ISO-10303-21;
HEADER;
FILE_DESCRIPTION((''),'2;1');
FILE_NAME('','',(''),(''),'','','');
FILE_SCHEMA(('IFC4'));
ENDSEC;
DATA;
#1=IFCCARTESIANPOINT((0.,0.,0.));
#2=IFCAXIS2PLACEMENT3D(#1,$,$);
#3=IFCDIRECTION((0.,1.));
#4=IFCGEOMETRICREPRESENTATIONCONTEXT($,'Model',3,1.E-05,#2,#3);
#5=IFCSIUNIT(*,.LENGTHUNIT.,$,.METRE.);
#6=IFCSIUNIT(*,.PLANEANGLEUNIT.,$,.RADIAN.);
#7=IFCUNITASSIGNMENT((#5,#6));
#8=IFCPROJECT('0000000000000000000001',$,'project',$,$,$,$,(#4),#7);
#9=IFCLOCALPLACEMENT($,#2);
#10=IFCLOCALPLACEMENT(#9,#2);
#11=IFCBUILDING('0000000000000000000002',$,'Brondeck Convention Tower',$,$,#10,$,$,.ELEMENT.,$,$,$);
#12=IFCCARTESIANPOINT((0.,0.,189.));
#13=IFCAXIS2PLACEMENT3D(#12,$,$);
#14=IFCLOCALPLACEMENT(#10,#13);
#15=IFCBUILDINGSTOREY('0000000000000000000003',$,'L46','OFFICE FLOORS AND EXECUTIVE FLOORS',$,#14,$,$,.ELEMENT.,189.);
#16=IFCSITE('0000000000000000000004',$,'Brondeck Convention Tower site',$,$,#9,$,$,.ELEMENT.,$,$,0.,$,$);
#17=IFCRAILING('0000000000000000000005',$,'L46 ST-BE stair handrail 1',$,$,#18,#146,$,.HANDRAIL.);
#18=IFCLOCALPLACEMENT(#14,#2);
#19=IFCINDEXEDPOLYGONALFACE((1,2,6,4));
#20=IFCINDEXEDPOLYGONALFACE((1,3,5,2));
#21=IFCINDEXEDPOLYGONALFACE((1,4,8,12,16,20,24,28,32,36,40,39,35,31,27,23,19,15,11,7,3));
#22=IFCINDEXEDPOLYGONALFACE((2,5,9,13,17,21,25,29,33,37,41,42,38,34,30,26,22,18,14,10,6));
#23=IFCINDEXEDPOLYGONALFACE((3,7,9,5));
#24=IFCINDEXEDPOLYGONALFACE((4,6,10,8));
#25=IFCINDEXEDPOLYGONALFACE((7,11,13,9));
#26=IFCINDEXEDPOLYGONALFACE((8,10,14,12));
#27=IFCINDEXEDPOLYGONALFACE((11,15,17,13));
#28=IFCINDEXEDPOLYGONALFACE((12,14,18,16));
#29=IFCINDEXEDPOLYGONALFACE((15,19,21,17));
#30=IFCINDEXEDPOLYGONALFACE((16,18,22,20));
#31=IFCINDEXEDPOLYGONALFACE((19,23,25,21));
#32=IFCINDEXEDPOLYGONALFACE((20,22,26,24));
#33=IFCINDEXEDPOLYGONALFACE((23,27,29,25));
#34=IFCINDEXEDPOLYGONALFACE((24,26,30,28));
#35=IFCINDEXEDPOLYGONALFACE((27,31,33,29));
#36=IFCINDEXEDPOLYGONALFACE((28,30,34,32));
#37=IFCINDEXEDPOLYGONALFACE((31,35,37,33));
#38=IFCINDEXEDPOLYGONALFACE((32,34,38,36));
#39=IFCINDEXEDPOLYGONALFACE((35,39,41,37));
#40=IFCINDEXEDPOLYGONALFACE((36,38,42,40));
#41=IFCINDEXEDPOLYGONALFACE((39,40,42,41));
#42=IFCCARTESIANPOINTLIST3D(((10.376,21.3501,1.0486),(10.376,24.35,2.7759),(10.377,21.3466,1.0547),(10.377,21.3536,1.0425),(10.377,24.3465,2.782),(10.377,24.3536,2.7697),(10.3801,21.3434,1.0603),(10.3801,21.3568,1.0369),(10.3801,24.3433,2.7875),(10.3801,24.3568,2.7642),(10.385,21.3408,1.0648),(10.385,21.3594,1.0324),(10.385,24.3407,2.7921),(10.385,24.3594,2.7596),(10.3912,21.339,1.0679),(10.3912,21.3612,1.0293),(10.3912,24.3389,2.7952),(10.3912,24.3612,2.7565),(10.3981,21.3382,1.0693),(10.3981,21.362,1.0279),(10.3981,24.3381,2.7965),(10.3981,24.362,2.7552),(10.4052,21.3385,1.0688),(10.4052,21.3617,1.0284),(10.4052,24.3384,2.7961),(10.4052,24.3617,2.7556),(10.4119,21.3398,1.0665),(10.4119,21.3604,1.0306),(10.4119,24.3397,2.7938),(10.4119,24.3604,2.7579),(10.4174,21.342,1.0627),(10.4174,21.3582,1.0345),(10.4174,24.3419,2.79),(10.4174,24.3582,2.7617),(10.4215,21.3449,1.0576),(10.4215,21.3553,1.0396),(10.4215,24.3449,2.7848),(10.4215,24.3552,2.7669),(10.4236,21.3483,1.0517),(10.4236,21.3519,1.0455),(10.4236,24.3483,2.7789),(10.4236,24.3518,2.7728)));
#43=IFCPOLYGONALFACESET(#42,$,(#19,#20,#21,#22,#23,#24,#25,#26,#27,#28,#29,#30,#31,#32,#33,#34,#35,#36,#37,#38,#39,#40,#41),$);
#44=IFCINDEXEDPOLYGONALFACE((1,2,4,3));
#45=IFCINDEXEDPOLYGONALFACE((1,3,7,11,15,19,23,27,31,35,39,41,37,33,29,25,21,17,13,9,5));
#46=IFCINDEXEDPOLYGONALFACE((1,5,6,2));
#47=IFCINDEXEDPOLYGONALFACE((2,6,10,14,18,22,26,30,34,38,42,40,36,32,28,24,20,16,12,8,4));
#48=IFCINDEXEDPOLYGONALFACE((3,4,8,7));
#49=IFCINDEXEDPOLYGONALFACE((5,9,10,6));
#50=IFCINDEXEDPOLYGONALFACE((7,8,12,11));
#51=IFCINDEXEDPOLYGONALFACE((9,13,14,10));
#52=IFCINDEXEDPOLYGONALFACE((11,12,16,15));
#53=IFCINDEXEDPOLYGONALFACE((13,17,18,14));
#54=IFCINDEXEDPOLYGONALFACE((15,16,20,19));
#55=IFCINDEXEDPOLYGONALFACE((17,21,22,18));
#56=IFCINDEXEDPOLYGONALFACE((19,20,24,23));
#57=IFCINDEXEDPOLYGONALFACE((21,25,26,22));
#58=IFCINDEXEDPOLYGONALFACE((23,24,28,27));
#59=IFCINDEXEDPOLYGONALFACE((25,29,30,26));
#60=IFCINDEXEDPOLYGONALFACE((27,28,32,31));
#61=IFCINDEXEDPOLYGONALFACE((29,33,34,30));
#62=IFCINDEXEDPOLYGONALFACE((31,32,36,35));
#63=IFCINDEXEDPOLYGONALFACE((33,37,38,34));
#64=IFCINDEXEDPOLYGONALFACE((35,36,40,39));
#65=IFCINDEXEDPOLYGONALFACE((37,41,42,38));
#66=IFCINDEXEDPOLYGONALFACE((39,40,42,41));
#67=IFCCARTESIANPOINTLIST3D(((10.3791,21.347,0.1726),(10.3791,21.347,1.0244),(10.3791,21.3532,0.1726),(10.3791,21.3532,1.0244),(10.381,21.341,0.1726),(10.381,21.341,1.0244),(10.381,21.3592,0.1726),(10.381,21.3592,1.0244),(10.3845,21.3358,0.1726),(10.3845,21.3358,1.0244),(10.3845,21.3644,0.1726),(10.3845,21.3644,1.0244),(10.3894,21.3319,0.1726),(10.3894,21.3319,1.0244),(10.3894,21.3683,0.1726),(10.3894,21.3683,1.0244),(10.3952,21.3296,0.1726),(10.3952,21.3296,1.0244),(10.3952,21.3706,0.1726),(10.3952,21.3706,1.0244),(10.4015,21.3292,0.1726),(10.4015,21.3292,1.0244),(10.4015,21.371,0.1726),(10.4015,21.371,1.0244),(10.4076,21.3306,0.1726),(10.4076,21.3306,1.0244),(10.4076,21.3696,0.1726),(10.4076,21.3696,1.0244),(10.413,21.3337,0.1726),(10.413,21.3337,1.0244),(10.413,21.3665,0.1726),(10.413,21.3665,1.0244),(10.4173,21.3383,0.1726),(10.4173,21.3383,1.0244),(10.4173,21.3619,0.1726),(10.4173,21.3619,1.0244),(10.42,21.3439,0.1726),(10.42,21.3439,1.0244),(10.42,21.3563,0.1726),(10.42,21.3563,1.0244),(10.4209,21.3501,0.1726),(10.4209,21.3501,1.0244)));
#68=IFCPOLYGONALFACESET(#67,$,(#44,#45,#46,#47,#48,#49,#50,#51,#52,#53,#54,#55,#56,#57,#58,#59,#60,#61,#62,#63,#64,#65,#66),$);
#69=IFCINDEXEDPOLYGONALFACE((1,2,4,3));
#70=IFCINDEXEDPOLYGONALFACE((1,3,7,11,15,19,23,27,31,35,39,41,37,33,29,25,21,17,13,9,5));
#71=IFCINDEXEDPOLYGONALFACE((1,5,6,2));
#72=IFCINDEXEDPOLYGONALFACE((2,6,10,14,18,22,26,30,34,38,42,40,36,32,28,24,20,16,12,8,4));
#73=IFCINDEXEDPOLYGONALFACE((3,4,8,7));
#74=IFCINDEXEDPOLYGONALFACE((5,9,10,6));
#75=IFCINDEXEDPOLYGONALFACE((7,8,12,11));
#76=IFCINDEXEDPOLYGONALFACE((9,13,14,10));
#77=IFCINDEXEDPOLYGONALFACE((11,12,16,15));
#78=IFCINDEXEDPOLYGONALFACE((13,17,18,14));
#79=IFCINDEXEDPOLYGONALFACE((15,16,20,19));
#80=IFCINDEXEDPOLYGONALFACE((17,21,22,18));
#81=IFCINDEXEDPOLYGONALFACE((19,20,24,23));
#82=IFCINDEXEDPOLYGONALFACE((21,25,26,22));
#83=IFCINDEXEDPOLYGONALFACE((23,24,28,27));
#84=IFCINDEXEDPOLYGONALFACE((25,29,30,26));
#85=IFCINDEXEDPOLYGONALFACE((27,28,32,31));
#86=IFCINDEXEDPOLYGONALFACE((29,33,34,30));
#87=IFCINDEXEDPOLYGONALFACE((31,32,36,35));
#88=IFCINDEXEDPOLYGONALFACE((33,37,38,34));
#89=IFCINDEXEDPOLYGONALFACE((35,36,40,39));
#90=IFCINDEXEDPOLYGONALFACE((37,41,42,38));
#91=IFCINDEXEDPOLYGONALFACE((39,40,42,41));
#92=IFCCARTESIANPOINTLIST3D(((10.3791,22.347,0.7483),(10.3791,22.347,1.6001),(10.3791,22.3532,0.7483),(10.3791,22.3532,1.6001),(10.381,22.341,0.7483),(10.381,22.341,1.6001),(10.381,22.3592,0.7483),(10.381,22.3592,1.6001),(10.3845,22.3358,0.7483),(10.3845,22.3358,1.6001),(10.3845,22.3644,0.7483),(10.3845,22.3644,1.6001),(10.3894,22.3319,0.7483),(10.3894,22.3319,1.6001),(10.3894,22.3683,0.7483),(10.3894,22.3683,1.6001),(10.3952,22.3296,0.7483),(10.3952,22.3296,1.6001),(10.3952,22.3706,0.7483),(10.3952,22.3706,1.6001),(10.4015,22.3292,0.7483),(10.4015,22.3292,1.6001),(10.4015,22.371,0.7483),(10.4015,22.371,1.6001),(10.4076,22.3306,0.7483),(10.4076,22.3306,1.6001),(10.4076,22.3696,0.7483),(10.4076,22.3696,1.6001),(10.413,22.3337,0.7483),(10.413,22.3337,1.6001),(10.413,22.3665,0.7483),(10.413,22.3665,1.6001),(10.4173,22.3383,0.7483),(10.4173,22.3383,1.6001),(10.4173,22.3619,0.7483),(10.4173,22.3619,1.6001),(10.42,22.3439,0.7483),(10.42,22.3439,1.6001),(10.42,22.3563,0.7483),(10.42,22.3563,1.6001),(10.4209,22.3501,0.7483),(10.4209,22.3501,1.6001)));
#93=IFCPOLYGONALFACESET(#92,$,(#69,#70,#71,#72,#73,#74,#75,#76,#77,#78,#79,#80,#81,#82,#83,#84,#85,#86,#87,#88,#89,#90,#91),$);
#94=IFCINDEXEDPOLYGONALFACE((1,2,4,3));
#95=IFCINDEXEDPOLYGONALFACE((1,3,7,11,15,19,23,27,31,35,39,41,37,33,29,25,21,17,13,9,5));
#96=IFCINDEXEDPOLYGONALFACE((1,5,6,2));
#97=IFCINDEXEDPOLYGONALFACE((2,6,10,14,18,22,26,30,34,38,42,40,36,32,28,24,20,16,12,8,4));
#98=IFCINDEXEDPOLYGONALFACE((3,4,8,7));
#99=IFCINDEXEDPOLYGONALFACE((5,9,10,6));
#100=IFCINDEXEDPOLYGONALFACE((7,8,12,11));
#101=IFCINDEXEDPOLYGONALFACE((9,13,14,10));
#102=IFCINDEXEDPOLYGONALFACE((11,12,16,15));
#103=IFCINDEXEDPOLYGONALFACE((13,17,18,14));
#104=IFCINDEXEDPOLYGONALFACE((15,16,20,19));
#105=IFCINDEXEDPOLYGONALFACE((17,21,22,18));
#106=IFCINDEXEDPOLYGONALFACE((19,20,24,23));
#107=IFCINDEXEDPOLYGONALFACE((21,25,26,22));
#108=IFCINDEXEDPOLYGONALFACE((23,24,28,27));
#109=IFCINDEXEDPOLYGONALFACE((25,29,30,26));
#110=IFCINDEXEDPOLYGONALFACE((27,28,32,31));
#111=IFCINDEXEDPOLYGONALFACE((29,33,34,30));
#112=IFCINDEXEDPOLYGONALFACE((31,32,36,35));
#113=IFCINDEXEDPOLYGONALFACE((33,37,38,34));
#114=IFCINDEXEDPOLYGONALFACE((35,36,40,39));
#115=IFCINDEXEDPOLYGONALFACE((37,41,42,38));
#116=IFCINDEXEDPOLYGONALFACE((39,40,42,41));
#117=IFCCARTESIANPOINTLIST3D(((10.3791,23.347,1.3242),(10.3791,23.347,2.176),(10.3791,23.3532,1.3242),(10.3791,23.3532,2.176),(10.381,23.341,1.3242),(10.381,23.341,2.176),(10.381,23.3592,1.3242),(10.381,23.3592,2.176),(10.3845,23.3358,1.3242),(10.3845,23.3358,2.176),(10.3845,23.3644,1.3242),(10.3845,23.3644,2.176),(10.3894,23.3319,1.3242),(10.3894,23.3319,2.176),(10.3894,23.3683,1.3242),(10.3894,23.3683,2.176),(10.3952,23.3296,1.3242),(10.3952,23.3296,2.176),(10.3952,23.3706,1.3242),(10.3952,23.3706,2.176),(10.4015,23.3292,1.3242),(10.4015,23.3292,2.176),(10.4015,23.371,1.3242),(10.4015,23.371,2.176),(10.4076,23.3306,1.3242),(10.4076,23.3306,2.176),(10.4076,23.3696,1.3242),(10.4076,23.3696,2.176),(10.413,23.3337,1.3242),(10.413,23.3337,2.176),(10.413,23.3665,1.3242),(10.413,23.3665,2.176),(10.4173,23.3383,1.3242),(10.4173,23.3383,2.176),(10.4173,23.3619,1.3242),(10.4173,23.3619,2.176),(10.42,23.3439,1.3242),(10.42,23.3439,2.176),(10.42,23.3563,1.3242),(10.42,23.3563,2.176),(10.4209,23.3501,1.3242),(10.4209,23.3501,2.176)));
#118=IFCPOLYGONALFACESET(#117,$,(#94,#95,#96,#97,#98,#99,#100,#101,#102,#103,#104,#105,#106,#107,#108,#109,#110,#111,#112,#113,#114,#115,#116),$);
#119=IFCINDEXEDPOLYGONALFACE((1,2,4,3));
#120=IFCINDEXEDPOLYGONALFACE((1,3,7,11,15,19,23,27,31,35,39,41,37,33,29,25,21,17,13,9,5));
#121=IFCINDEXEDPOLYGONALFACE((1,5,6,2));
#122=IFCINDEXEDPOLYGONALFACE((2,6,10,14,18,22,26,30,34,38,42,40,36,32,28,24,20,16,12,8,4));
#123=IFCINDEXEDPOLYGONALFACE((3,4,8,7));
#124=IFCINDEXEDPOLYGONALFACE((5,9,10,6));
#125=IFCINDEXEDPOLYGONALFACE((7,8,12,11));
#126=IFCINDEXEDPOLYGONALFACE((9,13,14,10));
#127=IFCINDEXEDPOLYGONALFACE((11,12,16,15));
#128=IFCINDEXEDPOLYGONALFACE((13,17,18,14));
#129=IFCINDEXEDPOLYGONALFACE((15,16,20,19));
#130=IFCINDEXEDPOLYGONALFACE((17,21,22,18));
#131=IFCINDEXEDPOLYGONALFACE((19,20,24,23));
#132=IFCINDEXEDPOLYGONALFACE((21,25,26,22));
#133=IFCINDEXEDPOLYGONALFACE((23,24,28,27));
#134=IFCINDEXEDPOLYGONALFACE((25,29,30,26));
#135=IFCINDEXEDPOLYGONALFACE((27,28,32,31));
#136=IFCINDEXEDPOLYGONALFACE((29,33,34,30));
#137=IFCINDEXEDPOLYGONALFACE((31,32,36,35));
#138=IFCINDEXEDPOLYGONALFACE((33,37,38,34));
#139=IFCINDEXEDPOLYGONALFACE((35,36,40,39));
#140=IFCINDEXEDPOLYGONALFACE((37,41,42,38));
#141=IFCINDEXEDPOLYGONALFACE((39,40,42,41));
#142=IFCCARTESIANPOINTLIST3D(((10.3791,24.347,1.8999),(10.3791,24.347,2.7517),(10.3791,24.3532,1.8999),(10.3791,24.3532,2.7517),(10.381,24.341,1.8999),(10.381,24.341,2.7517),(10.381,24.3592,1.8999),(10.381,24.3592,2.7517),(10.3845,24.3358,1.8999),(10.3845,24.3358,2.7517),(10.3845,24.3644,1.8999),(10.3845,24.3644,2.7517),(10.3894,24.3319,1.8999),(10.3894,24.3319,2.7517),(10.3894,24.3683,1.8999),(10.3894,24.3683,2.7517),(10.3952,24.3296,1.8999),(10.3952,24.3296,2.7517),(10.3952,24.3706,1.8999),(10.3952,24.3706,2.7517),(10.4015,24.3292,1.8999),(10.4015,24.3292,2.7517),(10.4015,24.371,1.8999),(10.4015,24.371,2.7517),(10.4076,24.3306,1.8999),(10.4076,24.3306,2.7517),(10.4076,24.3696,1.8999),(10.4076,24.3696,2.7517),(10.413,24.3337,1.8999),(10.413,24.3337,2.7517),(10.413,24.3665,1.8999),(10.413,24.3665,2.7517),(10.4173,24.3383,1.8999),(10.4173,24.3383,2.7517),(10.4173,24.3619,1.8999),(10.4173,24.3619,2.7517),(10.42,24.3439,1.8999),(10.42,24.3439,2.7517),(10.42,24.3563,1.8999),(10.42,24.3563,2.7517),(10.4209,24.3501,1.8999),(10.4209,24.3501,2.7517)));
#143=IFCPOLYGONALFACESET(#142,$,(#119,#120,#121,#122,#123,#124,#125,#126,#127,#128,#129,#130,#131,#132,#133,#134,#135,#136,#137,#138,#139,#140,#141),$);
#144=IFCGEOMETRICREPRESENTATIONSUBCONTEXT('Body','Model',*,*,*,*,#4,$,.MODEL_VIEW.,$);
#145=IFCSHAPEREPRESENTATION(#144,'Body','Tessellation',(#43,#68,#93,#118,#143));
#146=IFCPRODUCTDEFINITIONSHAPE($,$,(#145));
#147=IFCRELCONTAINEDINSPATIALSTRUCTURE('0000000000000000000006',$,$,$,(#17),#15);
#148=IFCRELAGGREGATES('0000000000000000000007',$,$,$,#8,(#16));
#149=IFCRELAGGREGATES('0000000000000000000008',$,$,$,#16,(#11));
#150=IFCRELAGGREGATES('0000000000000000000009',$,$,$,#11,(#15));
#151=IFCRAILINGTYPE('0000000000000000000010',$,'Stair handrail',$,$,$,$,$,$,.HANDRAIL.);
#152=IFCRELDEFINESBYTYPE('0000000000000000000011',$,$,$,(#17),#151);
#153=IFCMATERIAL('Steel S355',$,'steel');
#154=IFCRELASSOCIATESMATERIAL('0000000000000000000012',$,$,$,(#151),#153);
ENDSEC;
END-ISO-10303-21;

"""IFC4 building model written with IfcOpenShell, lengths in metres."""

from ifc_helpers import new_model, si_unit, direction, frame, origin, origin_2d, place, context, subcontext, project, spatial, circle, extrude, material, type_object, element, save


model = new_model("IFC4")

# Units and contexts
model_context = context("Model", 3, precision=1e-05, world=origin(), true_north=direction((0.0, 1.0)))
body_context = subcontext(model_context, "Body", "Model", "MODEL_VIEW")
ifc_project = project(units=[si_unit("LENGTHUNIT", "METRE"), si_unit("PLANEANGLEUNIT", "RADIAN")], contexts=[model_context])

# Site, building, storey
site_placement = place(None, origin())
site = spatial("IfcSite", under=ifc_project, at=site_placement, Name="Brondeck Convention Tower site", CompositionType="ELEMENT", RefElevation=0.0)
building_placement = place(site_placement, origin())
building = spatial("IfcBuilding", under=site, at=building_placement, Name="Brondeck Convention Tower", CompositionType="ELEMENT")
storey_placement = place(building_placement, frame((0.0, 0.0, 189.0)))
storey = spatial("IfcBuildingStorey", under=building, at=storey_placement, Name="L46", Description="OFFICE FLOORS AND EXECUTIVE FLOORS", CompositionType="ELEMENT", Elevation=189.0)

# Shared definitions
ifc_material_1 = material(Name="Steel S355", Category="steel")

# Railing
railing_type_1 = type_object("IfcRailingType", Name="Stair handrail", PredefinedType="HANDRAIL", material=ifc_material_1)
railing_1_placement = place(storey_placement, frame((10.3999, 21.3501, 0.1726)))
element("IfcRailing", 1, at=railing_1_placement, inside=storey, type_object=railing_type_1, Name="L46 ST-BE stair handrail 1", PredefinedType="HANDRAIL", context=body_context, shape_type="SweptSolid", body=[
    extrude(circle(Radius=0.0239, at=origin_2d()), frame((0.0, 0.0, 0.876), z_axis=(0.0, 0.86662, 0.498969), x_axis=(-1.0, 0.0, 0.0)), (0.0, 0.0, 1.0), 3.4617),
    extrude(circle(Radius=0.021, at=origin_2d()), origin(), (0.0, 0.0, 1.0), 0.8518),
    extrude(circle(Radius=0.021, at=origin_2d()), frame((0.0, 1.0, 0.5757)), (0.0, 0.0, 1.0), 0.8518),
    extrude(circle(Radius=0.021, at=origin_2d()), frame((0.0, 2.0, 1.1516)), (0.0, 0.0, 1.0), 0.8518),
    extrude(circle(Radius=0.021, at=origin_2d()), frame((0.0, 3.0, 1.7273)), (0.0, 0.0, 1.0), 0.8518),
])

save(model, "model.ifc")
